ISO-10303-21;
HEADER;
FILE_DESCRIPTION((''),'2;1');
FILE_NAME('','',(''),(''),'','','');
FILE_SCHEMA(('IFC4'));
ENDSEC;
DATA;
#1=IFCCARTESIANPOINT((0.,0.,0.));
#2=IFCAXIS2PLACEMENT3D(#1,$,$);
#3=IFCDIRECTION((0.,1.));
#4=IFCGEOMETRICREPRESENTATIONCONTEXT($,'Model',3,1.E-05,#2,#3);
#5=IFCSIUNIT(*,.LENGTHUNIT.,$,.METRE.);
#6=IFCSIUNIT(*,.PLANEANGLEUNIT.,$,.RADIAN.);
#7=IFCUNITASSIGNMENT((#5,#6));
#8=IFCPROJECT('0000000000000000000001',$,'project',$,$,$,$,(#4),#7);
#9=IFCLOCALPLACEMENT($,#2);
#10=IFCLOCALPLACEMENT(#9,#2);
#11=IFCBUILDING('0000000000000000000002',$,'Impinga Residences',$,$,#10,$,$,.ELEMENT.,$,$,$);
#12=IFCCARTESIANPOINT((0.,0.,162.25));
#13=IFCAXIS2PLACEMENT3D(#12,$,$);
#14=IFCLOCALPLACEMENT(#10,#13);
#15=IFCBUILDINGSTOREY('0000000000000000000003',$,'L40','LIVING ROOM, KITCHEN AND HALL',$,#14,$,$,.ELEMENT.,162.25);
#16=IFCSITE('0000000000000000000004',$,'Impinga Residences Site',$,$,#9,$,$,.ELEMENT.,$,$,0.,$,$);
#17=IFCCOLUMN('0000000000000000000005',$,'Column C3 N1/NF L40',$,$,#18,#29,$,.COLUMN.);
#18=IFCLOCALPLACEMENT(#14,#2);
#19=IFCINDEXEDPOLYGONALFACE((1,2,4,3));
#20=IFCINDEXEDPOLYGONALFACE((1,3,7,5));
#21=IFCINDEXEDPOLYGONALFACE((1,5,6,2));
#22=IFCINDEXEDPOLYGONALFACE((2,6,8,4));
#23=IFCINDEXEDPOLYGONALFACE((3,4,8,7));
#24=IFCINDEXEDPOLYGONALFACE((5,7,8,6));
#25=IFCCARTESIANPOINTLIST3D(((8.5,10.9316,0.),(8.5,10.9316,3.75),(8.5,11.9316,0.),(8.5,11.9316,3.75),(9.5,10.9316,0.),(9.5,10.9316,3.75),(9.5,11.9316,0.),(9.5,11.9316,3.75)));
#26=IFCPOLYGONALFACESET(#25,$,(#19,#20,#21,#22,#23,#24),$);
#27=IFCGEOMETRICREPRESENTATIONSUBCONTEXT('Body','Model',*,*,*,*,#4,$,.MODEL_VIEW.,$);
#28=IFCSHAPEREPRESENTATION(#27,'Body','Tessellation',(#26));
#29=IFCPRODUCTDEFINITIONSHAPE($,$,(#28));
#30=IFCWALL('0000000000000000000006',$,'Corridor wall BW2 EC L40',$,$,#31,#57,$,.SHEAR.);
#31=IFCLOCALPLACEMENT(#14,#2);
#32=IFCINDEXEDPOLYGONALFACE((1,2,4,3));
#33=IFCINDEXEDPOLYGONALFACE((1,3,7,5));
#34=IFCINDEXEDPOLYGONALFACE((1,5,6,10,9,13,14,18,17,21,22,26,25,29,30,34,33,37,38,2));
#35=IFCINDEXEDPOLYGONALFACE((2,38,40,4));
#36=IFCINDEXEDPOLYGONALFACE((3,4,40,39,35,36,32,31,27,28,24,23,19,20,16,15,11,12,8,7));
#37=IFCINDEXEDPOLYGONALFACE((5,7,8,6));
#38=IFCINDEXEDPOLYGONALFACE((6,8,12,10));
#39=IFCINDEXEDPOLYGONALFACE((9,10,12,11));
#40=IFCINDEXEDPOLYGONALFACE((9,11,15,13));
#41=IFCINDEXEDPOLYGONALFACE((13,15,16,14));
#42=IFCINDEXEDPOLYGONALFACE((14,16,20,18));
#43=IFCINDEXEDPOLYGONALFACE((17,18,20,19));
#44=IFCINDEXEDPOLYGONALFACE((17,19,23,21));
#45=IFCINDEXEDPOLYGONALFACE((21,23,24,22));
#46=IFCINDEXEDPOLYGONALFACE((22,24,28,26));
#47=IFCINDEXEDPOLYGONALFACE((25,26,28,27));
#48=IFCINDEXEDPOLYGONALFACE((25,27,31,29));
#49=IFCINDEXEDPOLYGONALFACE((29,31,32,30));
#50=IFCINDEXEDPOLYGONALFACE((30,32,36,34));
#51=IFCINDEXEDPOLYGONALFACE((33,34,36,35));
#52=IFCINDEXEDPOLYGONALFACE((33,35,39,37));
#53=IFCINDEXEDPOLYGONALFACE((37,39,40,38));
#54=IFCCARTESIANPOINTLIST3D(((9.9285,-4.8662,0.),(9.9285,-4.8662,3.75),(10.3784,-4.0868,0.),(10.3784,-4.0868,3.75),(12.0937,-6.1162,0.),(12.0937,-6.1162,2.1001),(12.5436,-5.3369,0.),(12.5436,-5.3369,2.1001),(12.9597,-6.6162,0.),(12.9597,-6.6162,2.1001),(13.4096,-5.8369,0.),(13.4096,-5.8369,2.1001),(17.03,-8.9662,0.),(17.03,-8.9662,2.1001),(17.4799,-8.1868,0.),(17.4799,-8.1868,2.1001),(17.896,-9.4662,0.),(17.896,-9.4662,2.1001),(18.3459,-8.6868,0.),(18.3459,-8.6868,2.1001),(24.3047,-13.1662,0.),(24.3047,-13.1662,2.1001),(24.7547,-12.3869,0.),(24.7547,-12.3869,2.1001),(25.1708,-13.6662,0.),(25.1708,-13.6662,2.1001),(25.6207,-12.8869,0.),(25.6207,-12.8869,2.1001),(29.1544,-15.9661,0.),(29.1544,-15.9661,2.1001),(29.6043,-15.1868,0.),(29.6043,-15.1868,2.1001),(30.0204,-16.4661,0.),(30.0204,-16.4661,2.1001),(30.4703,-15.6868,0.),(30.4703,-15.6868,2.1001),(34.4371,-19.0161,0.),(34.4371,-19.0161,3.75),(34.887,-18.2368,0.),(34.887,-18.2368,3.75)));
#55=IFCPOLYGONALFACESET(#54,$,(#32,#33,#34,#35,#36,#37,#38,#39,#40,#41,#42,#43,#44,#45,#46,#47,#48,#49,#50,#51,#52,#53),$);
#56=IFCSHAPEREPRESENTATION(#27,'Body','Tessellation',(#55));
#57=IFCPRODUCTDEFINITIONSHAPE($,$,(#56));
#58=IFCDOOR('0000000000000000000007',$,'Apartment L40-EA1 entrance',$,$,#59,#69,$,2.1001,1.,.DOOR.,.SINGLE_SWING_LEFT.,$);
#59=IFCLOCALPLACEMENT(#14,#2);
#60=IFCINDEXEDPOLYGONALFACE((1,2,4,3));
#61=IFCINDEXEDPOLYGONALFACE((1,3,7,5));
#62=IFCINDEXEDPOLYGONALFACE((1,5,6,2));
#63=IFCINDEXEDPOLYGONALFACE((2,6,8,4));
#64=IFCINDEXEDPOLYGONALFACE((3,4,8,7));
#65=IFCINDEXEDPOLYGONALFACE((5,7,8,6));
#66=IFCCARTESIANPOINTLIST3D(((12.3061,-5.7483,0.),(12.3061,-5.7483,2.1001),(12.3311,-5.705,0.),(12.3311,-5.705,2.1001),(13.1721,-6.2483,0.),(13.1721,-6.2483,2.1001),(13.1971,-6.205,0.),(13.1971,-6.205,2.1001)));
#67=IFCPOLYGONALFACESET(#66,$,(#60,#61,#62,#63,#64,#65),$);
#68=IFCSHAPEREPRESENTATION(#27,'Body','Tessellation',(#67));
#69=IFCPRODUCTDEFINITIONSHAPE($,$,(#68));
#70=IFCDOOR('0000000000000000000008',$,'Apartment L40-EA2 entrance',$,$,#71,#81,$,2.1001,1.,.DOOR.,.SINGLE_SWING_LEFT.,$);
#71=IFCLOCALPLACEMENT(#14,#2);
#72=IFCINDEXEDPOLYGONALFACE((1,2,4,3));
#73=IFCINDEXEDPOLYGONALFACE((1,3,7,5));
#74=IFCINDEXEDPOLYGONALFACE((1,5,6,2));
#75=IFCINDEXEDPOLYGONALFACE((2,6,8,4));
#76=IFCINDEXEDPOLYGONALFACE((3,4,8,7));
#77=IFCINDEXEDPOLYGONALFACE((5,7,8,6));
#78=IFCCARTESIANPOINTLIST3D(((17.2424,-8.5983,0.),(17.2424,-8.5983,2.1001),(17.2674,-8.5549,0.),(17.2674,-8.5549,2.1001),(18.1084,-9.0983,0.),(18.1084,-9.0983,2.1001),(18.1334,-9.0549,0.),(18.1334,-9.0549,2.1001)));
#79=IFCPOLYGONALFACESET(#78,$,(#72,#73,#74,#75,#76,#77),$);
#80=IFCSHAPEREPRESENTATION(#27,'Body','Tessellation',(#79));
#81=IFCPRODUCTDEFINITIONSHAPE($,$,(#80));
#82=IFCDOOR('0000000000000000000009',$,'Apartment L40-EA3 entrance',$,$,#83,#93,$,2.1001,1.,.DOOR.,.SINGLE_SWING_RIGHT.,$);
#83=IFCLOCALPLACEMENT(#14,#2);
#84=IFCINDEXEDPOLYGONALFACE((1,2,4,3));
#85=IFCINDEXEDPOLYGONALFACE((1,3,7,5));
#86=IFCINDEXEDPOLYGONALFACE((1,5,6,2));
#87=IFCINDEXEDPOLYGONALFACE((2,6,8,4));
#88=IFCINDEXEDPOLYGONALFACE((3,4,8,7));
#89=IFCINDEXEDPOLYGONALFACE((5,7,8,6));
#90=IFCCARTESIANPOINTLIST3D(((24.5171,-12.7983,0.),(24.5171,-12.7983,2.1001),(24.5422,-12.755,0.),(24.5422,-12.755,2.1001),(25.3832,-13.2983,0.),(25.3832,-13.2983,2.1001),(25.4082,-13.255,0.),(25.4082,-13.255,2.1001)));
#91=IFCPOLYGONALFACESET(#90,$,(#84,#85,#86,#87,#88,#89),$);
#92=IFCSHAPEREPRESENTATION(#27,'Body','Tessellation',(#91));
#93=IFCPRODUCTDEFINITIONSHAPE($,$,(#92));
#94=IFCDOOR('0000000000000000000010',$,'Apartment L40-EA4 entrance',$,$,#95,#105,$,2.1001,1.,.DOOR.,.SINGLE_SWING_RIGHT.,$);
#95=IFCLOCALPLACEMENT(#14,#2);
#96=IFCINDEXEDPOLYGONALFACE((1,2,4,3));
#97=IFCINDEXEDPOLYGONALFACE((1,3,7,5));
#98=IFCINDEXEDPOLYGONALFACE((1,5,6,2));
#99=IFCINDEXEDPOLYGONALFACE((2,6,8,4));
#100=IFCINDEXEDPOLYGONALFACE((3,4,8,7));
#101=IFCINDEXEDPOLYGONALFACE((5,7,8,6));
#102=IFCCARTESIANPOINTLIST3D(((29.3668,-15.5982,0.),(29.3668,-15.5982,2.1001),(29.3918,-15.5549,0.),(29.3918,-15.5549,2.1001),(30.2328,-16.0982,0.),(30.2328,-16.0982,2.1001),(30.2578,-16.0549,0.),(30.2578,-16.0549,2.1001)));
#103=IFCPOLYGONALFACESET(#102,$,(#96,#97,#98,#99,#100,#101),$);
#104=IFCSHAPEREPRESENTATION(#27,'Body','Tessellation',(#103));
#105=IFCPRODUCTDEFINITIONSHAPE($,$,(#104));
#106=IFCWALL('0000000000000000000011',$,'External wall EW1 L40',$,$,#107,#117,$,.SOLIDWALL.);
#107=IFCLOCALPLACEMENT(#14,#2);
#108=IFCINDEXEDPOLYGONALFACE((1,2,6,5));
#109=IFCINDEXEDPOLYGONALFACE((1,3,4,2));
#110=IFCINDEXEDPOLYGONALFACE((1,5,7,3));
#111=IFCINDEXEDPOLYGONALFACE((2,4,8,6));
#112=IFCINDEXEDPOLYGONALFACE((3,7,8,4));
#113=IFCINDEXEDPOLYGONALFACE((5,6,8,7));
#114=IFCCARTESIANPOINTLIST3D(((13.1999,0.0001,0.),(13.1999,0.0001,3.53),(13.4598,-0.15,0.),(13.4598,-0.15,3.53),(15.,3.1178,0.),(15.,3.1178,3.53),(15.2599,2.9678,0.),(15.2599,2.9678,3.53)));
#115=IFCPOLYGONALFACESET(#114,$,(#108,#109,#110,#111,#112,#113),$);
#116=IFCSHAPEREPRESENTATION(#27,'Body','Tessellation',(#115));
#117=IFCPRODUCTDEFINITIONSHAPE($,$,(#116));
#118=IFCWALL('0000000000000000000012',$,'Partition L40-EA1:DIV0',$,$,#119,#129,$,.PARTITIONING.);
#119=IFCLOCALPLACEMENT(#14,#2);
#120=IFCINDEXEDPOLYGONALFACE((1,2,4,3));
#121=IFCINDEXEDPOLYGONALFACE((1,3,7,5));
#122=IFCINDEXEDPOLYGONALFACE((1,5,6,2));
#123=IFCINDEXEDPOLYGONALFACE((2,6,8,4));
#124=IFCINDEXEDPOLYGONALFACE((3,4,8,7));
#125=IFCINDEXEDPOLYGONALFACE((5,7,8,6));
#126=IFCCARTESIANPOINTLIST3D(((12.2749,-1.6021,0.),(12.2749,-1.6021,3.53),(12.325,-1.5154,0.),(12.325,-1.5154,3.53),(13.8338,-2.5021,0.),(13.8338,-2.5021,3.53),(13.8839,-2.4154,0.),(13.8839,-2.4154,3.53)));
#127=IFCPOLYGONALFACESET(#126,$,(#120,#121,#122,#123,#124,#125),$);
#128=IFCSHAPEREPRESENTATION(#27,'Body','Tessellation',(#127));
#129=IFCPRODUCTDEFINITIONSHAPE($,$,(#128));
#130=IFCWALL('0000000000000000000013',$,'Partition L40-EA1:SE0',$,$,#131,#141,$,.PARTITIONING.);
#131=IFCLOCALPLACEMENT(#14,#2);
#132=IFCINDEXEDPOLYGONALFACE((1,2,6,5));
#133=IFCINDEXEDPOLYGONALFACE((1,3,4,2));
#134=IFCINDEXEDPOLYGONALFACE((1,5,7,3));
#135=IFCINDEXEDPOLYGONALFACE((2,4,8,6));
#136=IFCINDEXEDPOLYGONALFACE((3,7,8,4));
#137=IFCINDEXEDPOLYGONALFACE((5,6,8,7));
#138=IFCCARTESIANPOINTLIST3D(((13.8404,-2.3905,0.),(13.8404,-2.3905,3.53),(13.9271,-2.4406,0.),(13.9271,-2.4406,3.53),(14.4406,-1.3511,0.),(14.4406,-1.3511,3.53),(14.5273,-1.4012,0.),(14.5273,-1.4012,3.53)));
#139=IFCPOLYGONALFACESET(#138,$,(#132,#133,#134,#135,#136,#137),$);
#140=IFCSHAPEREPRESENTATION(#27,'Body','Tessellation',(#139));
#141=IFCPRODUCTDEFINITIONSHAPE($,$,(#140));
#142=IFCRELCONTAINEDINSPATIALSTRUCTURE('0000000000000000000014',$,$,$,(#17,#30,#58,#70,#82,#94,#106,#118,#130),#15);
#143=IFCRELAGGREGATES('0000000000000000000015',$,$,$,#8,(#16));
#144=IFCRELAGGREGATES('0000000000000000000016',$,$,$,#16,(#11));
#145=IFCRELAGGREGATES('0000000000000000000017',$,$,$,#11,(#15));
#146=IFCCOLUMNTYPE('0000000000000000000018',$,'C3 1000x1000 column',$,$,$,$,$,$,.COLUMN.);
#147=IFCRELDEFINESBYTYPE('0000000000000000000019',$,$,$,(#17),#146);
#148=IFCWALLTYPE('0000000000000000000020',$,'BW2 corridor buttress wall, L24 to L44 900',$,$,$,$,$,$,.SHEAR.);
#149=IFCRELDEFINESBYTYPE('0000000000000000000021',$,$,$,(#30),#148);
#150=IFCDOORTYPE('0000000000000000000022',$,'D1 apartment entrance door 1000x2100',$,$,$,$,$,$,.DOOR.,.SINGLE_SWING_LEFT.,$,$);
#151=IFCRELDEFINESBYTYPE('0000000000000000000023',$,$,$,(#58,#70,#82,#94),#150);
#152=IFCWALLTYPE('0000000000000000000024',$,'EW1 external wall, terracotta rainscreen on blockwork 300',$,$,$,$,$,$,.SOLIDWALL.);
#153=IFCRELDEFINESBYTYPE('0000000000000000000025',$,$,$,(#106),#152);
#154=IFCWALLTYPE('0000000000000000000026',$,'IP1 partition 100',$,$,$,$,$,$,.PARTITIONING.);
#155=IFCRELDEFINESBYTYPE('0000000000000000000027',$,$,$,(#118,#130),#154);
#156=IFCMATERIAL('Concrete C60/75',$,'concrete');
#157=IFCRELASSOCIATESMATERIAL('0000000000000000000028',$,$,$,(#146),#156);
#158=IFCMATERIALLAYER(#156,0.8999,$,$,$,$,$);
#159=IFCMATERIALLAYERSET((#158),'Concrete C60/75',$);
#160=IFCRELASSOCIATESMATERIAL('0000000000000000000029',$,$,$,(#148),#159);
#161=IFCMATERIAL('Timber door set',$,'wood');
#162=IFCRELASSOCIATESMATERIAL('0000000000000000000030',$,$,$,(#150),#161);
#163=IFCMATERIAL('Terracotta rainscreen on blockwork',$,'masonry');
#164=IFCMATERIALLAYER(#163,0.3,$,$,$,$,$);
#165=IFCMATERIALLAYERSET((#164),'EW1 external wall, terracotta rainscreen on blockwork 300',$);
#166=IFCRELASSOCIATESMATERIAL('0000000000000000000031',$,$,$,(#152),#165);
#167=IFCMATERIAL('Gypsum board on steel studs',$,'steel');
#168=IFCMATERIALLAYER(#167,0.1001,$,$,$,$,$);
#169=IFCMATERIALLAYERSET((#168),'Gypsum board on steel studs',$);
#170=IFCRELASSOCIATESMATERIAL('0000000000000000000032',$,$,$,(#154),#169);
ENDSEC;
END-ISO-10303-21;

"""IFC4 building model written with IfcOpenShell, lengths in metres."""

from ifc_helpers import new_model, si_unit, direction, frame, frame_2d, origin, origin_2d, place, context, subcontext, project, spatial, rectangle, extrude, material, layer, layer_set, material_profile, profile_set, type_object, element, fill, save


model = new_model("IFC4")

# Units and contexts
model_context = context("Model", 3, precision=1e-05, world=origin(), true_north=direction((0.0, 1.0)))
body_context = subcontext(model_context, "Body", "Model", "MODEL_VIEW")
ifc_project = project(units=[si_unit("LENGTHUNIT", "METRE"), si_unit("PLANEANGLEUNIT", "RADIAN")], contexts=[model_context])

# Site, building, storey
site_placement = place(None, origin())
site = spatial("IfcSite", under=ifc_project, at=site_placement, Name="Impinga Residences Site", CompositionType="ELEMENT", RefElevation=0.0)
building_placement = place(site_placement, origin())
building = spatial("IfcBuilding", under=site, at=building_placement, Name="Impinga Residences", CompositionType="ELEMENT")
storey_placement = place(building_placement, frame((0.0, 0.0, 162.25)))
storey = spatial("IfcBuildingStorey", under=building, at=storey_placement, Name="L40", Description="LIVING ROOM, KITCHEN AND HALL", CompositionType="ELEMENT", Elevation=162.25)

# Column
ifc_material_1 = material(Name="Concrete C60/75", Category="concrete")
ifc_material_profile = material_profile(ifc_material_1, rectangle(XDim=1.0, YDim=1.0, at=origin_2d()), Name="RC 1000x1000")
ifc_profile_set = profile_set([ifc_material_profile], Name="Concrete C60/75")
column_type = type_object("IfcColumnType", Name="C3 1000x1000 column", PredefinedType="COLUMN", material=ifc_profile_set)
column_placement = place(storey_placement, frame((9.0, 11.4316, 0.0), z_axis=(0.0, 0.0, 1.0), x_axis=(1.0, 0.0, 0.0)))
element("IfcColumn", 1, at=column_placement, inside=storey, type_object=column_type, Name="Column C3 N1/NF L40", PredefinedType="COLUMN", context=body_context, shape_type="SweptSolid", body=[
    extrude(rectangle(XDim=1.0, YDim=1.0, at=origin_2d()), origin(), (0.0, 0.0, 1.0), 3.75),
])

# Wall, openings, doors
ifc_layer_1 = layer(ifc_material_1, 0.8999)
ifc_layer_set_1 = layer_set([ifc_layer_1], Name="Concrete C60/75")
wall_type_1 = type_object("IfcWallType", Name="BW2 corridor buttress wall, L24 to L44 900", PredefinedType="SHEAR", material=ifc_layer_set_1)
wall_1_placement = place(storey_placement, frame((10.1536, -4.4766, 0.0), z_axis=(0.0, 0.0, 1.0), x_axis=(0.866027, -0.499997, 0.0)))
wall_1 = element("IfcWall", 2, at=wall_1_placement, inside=storey, type_object=wall_type_1, Name="Corridor wall BW2 EC L40", PredefinedType="SHEAR", context=body_context, shape_type="SweptSolid", body=[
    extrude(rectangle(XDim=28.3, YDim=0.8999, at=frame_2d((14.1499, 0.0))), origin(), (0.0, 0.0, 1.0), 3.75),
])
opening_1_placement = place(wall_1_placement, frame((2.5, 0.0, 0.0)))
opening_1 = element("IfcOpeningElement", 3, at=opening_1_placement, cuts=wall_1, PredefinedType="OPENING", context=body_context, shape_type="SweptSolid", body=[
    extrude(rectangle(XDim=1.0, YDim=2.1001, at=frame_2d((0.5, 1.05))), frame((0.0, 0.46, 0.0), z_axis=(0.0, -1.0, 0.0), x_axis=(1.0, 0.0, 0.0)), (0.0, 0.0, 1.0), 0.9199),
])
opening_2_placement = place(wall_1_placement, frame((8.2, 0.0, 0.0)))
opening_2 = element("IfcOpeningElement", 4, at=opening_2_placement, cuts=wall_1, PredefinedType="OPENING", context=body_context, shape_type="SweptSolid", body=[
    extrude(rectangle(XDim=1.0, YDim=2.1001, at=frame_2d((0.5, 1.05))), frame((0.0, 0.46, 0.0), z_axis=(0.0, -1.0, 0.0), x_axis=(1.0, 0.0, 0.0)), (0.0, 0.0, 1.0), 0.9199),
])
opening_3_placement = place(wall_1_placement, frame((16.6001, 0.0, 0.0)))
opening_3 = element("IfcOpeningElement", 5, at=opening_3_placement, cuts=wall_1, PredefinedType="OPENING", context=body_context, shape_type="SweptSolid", body=[
    extrude(rectangle(XDim=1.0, YDim=2.1001, at=frame_2d((0.5, 1.05))), frame((0.0, 0.46, 0.0), z_axis=(0.0, -1.0, 0.0), x_axis=(1.0, 0.0, 0.0)), (0.0, 0.0, 1.0), 0.9199),
])
opening_4_placement = place(wall_1_placement, frame((22.2, 0.0, 0.0)))
opening_4 = element("IfcOpeningElement", 6, at=opening_4_placement, cuts=wall_1, PredefinedType="OPENING", context=body_context, shape_type="SweptSolid", body=[
    extrude(rectangle(XDim=1.0, YDim=2.1001, at=frame_2d((0.5, 1.05))), frame((0.0, 0.46, 0.0), z_axis=(0.0, -1.0, 0.0), x_axis=(1.0, 0.0, 0.0)), (0.0, 0.0, 1.0), 0.9199),
])
ifc_material_2 = material(Name="Timber door set", Category="wood")
door_type_1 = type_object("IfcDoorType", Name="D1 apartment entrance door 1000x2100", OperationType="SINGLE_SWING_LEFT", PredefinedType="DOOR", material=ifc_material_2)
door_1_placement = place(opening_1_placement, origin())
door_1 = element("IfcDoor", 7, at=door_1_placement, inside=storey, type_object=door_type_1, Name="Apartment L40-EA1 entrance", OperationType="SINGLE_SWING_LEFT", OverallHeight=2.1001, OverallWidth=1.0, PredefinedType="DOOR", context=body_context, shape_type="SweptSolid", body=[
    extrude(rectangle(XDim=1.0, YDim=2.1001, at=frame_2d((0.5, 1.05))), frame((0.0, 0.0249, 0.0), z_axis=(0.0, -1.0, 0.0), x_axis=(1.0, 0.0, 0.0)), (0.0, 0.0, 1.0), 0.05),
])
fill(opening_1, door_1)
door_2_placement = place(opening_2_placement, origin())
door_2 = element("IfcDoor", 8, at=door_2_placement, inside=storey, type_object=door_type_1, Name="Apartment L40-EA2 entrance", OperationType="SINGLE_SWING_LEFT", OverallHeight=2.1001, OverallWidth=1.0, PredefinedType="DOOR", context=body_context, shape_type="SweptSolid", body=[
    extrude(rectangle(XDim=1.0, YDim=2.1001, at=frame_2d((0.5, 1.05))), frame((0.0, 0.0249, 0.0), z_axis=(0.0, -1.0, 0.0), x_axis=(1.0, 0.0, 0.0)), (0.0, 0.0, 1.0), 0.05),
])
fill(opening_2, door_2)
door_3_placement = place(opening_3_placement, origin())
door_3 = element("IfcDoor", 9, at=door_3_placement, inside=storey, type_object=door_type_1, Name="Apartment L40-EA3 entrance", OperationType="SINGLE_SWING_RIGHT", OverallHeight=2.1001, OverallWidth=1.0, PredefinedType="DOOR", context=body_context, shape_type="SweptSolid", body=[
    extrude(rectangle(XDim=1.0, YDim=2.1001, at=frame_2d((0.5, 1.05))), frame((0.0, 0.0249, 0.0), z_axis=(0.0, -1.0, 0.0), x_axis=(1.0, 0.0, 0.0)), (0.0, 0.0, 1.0), 0.05),
])
fill(opening_3, door_3)
door_4_placement = place(opening_4_placement, origin())
door_4 = element("IfcDoor", 10, at=door_4_placement, inside=storey, type_object=door_type_1, Name="Apartment L40-EA4 entrance", OperationType="SINGLE_SWING_RIGHT", OverallHeight=2.1001, OverallWidth=1.0, PredefinedType="DOOR", context=body_context, shape_type="SweptSolid", body=[
    extrude(rectangle(XDim=1.0, YDim=2.1001, at=frame_2d((0.5, 1.05))), frame((0.0, 0.0249, 0.0), z_axis=(0.0, -1.0, 0.0), x_axis=(1.0, 0.0, 0.0)), (0.0, 0.0, 1.0), 0.05),
])
fill(opening_4, door_4)

# Walls
ifc_material_3 = material(Name="Terracotta rainscreen on blockwork", Category="masonry")
ifc_layer_2 = layer(ifc_material_3, 0.3)
ifc_layer_set_2 = layer_set([ifc_layer_2], Name="EW1 external wall, terracotta rainscreen on blockwork 300")
wall_type_2 = type_object("IfcWallType", Name="EW1 external wall, terracotta rainscreen on blockwork 300", PredefinedType="SOLIDWALL", material=ifc_layer_set_2)
wall_2_placement = place(storey_placement, frame((13.3298, -0.075, 0.0), z_axis=(0.0, 0.0, 1.0), x_axis=(0.500012, 0.866018, 0.0)))
element("IfcWall", 11, at=wall_2_placement, inside=storey, type_object=wall_type_2, Name="External wall EW1 L40", PredefinedType="SOLIDWALL", context=body_context, shape_type="SweptSolid", body=[
    extrude(rectangle(XDim=3.6001, YDim=0.3, at=frame_2d((1.8, 0.0))), origin(), (0.0, 0.0, 1.0), 3.53),
])
ifc_material_4 = material(Name="Gypsum board on steel studs", Category="steel")
ifc_layer_3 = layer(ifc_material_4, 0.1001)
ifc_layer_set_3 = layer_set([ifc_layer_3], Name="Gypsum board on steel studs")
wall_type_3 = type_object("IfcWallType", Name="IP1 partition 100", PredefinedType="PARTITIONING", material=ifc_layer_set_3)
wall_3_placement = place(storey_placement, frame((12.3, -1.5588, 0.0), z_axis=(0.0, 0.0, 1.0), x_axis=(0.866048, -0.499961, 0.0)))
element("IfcWall", 12, at=wall_3_placement, inside=storey, type_object=wall_type_3, Name="Partition L40-EA1:DIV0", PredefinedType="PARTITIONING", context=body_context, shape_type="SweptSolid", body=[
    extrude(rectangle(XDim=1.8, YDim=0.1001, at=frame_2d((0.8999, 0.0))), origin(), (0.0, 0.0, 1.0), 3.53),
])
wall_4_placement = place(storey_placement, frame((13.8838, -2.4155, 0.0), z_axis=(0.0, 0.0, 1.0), x_axis=(0.500034, 0.866006, 0.0)))
element("IfcWall", 13, at=wall_4_placement, inside=storey, type_object=wall_type_3, Name="Partition L40-EA1:SE0", PredefinedType="PARTITIONING", context=body_context, shape_type="SweptSolid", body=[
    extrude(rectangle(XDim=1.2002, YDim=0.1001, at=frame_2d((0.6001, 0.0))), origin(), (0.0, 0.0, 1.0), 3.53),
])

save(model, "model.ifc")
